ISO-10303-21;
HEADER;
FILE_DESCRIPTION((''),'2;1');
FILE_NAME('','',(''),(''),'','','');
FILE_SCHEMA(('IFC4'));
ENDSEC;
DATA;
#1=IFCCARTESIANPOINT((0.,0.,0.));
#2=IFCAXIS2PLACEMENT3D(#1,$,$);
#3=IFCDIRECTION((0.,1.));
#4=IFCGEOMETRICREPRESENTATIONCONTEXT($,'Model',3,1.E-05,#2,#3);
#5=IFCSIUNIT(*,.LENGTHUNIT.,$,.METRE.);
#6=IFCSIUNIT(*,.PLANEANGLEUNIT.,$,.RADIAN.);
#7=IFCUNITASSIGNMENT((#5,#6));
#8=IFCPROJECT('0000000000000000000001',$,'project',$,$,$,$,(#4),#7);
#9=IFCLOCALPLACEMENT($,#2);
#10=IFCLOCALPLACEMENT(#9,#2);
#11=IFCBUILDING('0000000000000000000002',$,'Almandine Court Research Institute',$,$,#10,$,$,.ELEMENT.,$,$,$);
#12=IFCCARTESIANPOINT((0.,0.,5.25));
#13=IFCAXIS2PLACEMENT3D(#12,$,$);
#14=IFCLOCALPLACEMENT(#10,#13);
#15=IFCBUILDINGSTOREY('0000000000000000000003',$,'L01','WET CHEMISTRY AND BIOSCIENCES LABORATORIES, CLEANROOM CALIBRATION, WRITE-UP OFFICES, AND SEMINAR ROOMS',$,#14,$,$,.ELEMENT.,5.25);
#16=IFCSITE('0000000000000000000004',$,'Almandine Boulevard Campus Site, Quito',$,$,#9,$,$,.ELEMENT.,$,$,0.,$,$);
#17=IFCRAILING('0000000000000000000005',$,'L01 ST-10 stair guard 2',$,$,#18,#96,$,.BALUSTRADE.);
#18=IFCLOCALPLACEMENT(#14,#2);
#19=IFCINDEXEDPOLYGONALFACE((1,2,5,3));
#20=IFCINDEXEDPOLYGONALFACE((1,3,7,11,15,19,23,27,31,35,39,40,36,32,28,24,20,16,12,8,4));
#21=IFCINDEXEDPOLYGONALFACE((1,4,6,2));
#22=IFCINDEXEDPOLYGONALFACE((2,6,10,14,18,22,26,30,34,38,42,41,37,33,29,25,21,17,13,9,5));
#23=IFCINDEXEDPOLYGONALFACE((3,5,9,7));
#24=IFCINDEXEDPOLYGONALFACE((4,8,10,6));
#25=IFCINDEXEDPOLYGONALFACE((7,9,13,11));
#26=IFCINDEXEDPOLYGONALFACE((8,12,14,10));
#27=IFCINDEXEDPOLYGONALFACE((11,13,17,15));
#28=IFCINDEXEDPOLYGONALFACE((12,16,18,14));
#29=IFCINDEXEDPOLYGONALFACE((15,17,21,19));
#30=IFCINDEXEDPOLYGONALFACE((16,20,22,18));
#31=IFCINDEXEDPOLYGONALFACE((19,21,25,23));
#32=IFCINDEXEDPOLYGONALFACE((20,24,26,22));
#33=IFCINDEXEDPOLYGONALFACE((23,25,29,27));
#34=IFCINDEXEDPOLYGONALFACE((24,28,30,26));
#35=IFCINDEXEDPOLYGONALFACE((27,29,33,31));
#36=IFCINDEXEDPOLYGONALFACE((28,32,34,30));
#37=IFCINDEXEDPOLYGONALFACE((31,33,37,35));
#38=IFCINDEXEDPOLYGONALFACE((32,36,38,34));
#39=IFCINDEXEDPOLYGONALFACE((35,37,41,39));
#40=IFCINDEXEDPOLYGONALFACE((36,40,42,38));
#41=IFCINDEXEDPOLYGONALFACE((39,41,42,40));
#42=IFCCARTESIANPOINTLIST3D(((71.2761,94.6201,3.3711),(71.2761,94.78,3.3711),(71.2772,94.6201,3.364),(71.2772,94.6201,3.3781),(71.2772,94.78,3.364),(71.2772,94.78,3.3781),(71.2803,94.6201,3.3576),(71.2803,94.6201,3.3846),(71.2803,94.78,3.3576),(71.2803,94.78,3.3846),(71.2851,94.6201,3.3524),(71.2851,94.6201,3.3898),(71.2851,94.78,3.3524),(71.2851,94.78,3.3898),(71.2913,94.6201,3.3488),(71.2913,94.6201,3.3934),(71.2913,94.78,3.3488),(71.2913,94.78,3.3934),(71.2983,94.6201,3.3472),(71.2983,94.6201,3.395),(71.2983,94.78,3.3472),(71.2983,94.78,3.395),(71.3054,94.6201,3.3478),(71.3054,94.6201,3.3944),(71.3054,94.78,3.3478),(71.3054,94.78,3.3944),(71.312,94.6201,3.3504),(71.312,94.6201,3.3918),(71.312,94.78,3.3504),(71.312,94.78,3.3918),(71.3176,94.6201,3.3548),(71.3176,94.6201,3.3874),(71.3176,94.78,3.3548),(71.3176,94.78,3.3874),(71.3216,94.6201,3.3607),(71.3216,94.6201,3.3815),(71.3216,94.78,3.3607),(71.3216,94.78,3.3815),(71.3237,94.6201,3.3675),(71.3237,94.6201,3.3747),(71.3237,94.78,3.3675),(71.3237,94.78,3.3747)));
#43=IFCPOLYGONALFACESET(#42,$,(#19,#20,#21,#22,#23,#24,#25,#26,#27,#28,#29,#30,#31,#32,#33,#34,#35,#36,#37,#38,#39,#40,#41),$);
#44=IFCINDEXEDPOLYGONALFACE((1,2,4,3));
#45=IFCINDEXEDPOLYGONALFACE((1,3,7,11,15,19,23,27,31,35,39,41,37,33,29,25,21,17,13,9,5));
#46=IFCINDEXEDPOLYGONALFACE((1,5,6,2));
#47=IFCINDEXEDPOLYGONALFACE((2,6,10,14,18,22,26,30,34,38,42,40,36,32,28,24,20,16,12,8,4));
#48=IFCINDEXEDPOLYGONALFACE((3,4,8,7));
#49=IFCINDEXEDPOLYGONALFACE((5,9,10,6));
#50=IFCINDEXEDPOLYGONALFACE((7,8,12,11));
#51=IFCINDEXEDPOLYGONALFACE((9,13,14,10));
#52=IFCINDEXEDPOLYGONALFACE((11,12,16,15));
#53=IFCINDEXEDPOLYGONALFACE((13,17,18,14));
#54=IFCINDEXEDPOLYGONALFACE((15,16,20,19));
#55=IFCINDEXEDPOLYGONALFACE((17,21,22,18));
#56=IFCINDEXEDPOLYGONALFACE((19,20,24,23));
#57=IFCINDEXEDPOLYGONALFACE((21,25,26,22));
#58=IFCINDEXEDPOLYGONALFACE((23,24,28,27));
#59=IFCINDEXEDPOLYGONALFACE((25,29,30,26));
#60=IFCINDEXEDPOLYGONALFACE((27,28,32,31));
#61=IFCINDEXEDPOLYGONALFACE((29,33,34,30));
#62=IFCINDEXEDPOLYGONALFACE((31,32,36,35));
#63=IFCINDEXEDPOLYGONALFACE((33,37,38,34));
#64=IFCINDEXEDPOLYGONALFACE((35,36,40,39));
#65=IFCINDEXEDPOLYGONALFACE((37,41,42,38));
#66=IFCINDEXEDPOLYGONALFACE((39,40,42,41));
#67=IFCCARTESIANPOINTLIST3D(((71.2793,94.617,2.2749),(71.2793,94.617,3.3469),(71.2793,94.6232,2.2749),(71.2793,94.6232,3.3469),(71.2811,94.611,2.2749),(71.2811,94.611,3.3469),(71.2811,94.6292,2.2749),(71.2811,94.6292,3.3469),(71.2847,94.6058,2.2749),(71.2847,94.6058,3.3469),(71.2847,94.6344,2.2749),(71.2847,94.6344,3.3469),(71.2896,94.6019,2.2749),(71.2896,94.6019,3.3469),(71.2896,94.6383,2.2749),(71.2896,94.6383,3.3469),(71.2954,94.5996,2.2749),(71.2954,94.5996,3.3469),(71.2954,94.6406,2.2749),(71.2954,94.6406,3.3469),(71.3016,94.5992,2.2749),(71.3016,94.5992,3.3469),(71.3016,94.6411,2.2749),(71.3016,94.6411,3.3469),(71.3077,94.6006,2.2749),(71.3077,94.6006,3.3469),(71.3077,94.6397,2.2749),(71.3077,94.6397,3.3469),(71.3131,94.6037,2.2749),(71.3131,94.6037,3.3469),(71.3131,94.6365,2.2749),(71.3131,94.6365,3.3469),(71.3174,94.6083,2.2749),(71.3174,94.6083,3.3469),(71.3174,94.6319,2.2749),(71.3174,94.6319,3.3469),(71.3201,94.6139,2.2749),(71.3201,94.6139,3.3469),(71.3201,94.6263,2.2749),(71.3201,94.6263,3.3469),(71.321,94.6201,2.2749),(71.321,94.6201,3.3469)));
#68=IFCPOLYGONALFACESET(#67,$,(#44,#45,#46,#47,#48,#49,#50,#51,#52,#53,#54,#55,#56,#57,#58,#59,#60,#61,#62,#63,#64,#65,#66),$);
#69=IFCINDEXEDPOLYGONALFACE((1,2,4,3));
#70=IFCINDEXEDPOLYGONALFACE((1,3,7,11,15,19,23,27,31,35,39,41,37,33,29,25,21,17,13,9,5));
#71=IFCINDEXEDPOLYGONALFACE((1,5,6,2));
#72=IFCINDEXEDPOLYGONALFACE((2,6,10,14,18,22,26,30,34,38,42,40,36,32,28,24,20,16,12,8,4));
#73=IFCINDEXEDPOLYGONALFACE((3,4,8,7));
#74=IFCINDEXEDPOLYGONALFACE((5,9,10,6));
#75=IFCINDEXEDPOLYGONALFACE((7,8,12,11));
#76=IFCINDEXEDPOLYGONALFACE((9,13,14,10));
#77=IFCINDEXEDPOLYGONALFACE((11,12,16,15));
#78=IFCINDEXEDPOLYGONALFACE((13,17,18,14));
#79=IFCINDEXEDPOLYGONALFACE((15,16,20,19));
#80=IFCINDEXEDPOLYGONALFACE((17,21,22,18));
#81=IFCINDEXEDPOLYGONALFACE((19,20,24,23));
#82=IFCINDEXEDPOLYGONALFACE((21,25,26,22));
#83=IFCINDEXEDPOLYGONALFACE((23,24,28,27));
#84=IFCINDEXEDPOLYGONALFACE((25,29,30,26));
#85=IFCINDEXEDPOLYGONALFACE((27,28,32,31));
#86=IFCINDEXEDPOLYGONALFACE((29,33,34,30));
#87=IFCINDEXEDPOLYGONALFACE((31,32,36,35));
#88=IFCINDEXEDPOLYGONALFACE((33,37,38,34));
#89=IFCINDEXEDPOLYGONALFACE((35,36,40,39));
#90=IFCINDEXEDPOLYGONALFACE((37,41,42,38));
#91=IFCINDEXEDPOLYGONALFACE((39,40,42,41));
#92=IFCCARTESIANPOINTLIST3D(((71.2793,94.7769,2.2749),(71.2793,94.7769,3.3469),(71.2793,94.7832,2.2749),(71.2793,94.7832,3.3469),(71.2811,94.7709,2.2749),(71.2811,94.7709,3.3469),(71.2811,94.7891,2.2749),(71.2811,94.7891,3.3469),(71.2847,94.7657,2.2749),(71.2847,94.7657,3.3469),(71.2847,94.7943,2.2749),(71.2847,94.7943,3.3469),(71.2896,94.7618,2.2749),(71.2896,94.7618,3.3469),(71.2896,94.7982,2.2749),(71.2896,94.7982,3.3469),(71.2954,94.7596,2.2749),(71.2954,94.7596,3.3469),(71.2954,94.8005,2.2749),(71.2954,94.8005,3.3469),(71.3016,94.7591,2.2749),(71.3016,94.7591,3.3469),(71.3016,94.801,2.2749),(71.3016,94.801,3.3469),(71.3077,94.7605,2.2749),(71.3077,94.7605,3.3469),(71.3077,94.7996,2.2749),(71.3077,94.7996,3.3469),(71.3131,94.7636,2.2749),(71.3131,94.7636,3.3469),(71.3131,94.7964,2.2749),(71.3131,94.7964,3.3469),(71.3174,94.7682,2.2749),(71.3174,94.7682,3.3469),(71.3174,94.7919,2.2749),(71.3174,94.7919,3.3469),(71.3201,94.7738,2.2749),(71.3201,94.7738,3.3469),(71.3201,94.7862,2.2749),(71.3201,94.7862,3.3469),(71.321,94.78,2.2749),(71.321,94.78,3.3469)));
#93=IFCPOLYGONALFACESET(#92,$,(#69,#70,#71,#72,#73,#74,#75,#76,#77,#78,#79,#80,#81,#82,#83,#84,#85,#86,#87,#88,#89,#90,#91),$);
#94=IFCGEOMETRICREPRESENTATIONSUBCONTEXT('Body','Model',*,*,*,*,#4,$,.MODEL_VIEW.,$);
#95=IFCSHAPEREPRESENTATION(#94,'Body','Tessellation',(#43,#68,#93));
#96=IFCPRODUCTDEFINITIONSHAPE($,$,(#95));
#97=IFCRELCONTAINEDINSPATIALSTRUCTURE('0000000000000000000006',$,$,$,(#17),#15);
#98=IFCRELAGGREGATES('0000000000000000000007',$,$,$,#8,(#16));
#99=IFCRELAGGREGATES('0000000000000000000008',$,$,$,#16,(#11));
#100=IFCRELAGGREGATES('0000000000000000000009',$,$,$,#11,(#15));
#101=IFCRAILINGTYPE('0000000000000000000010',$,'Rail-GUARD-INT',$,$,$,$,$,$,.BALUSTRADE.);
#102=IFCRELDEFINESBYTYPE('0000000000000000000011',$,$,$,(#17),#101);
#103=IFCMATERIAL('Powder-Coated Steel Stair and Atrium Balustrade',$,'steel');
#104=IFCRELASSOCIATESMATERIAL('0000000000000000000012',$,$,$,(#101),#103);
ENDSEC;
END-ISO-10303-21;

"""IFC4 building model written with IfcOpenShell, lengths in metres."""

from ifc_helpers import new_model, si_unit, direction, frame, origin, origin_2d, place, context, subcontext, project, spatial, circle, extrude, material, type_object, element, save


model = new_model("IFC4")

# Units and contexts
model_context = context("Model", 3, precision=1e-05, world=origin(), true_north=direction((0.0, 1.0)))
body_context = subcontext(model_context, "Body", "Model", "MODEL_VIEW")
ifc_project = project(units=[si_unit("LENGTHUNIT", "METRE"), si_unit("PLANEANGLEUNIT", "RADIAN")], contexts=[model_context])

# Site, building, storey
site_placement = place(None, origin())
site = spatial("IfcSite", under=ifc_project, at=site_placement, Name="Almandine Boulevard Campus Site, Quito", CompositionType="ELEMENT", RefElevation=0.0)
building_placement = place(site_placement, origin())
building = spatial("IfcBuilding", under=site, at=building_placement, Name="Almandine Court Research Institute", CompositionType="ELEMENT")
storey_placement = place(building_placement, frame((0.0, 0.0, 5.25)))
storey = spatial("IfcBuildingStorey", under=building, at=storey_placement, Name="L01", Description="WET CHEMISTRY AND BIOSCIENCES LABORATORIES, CLEANROOM CALIBRATION, WRITE-UP OFFICES, AND SEMINAR ROOMS", CompositionType="ELEMENT", Elevation=5.25)

# Railing
ifc_material_1 = material(Name="Powder-Coated Steel Stair and Atrium Balustrade", Category="steel")
railing_type_1 = type_object("IfcRailingType", Name="Rail-GUARD-INT", PredefinedType="BALUSTRADE", material=ifc_material_1)
railing_1_placement = place(storey_placement, frame((71.3, 94.6201, 2.2749)))
element("IfcRailing", 1, at=railing_1_placement, inside=storey, type_object=railing_type_1, Name="L01 ST-10 stair guard 2", PredefinedType="BALUSTRADE", context=body_context, shape_type="SweptSolid", body=[
    extrude(circle(Radius=0.0239, at=origin_2d()), frame((0.0, 0.0, 1.0962), z_axis=(0.0, 1.0, 0.0), x_axis=(-1.0, 0.0, 0.0)), (0.0, 0.0, 1.0), 0.1599),
    extrude(circle(Radius=0.021, at=origin_2d()), origin(), (0.0, 0.0, 1.0), 1.072),
    extrude(circle(Radius=0.021, at=origin_2d()), frame((0.0, 0.1599, 0.0)), (0.0, 0.0, 1.0), 1.072),
])

save(model, "model.ifc")
